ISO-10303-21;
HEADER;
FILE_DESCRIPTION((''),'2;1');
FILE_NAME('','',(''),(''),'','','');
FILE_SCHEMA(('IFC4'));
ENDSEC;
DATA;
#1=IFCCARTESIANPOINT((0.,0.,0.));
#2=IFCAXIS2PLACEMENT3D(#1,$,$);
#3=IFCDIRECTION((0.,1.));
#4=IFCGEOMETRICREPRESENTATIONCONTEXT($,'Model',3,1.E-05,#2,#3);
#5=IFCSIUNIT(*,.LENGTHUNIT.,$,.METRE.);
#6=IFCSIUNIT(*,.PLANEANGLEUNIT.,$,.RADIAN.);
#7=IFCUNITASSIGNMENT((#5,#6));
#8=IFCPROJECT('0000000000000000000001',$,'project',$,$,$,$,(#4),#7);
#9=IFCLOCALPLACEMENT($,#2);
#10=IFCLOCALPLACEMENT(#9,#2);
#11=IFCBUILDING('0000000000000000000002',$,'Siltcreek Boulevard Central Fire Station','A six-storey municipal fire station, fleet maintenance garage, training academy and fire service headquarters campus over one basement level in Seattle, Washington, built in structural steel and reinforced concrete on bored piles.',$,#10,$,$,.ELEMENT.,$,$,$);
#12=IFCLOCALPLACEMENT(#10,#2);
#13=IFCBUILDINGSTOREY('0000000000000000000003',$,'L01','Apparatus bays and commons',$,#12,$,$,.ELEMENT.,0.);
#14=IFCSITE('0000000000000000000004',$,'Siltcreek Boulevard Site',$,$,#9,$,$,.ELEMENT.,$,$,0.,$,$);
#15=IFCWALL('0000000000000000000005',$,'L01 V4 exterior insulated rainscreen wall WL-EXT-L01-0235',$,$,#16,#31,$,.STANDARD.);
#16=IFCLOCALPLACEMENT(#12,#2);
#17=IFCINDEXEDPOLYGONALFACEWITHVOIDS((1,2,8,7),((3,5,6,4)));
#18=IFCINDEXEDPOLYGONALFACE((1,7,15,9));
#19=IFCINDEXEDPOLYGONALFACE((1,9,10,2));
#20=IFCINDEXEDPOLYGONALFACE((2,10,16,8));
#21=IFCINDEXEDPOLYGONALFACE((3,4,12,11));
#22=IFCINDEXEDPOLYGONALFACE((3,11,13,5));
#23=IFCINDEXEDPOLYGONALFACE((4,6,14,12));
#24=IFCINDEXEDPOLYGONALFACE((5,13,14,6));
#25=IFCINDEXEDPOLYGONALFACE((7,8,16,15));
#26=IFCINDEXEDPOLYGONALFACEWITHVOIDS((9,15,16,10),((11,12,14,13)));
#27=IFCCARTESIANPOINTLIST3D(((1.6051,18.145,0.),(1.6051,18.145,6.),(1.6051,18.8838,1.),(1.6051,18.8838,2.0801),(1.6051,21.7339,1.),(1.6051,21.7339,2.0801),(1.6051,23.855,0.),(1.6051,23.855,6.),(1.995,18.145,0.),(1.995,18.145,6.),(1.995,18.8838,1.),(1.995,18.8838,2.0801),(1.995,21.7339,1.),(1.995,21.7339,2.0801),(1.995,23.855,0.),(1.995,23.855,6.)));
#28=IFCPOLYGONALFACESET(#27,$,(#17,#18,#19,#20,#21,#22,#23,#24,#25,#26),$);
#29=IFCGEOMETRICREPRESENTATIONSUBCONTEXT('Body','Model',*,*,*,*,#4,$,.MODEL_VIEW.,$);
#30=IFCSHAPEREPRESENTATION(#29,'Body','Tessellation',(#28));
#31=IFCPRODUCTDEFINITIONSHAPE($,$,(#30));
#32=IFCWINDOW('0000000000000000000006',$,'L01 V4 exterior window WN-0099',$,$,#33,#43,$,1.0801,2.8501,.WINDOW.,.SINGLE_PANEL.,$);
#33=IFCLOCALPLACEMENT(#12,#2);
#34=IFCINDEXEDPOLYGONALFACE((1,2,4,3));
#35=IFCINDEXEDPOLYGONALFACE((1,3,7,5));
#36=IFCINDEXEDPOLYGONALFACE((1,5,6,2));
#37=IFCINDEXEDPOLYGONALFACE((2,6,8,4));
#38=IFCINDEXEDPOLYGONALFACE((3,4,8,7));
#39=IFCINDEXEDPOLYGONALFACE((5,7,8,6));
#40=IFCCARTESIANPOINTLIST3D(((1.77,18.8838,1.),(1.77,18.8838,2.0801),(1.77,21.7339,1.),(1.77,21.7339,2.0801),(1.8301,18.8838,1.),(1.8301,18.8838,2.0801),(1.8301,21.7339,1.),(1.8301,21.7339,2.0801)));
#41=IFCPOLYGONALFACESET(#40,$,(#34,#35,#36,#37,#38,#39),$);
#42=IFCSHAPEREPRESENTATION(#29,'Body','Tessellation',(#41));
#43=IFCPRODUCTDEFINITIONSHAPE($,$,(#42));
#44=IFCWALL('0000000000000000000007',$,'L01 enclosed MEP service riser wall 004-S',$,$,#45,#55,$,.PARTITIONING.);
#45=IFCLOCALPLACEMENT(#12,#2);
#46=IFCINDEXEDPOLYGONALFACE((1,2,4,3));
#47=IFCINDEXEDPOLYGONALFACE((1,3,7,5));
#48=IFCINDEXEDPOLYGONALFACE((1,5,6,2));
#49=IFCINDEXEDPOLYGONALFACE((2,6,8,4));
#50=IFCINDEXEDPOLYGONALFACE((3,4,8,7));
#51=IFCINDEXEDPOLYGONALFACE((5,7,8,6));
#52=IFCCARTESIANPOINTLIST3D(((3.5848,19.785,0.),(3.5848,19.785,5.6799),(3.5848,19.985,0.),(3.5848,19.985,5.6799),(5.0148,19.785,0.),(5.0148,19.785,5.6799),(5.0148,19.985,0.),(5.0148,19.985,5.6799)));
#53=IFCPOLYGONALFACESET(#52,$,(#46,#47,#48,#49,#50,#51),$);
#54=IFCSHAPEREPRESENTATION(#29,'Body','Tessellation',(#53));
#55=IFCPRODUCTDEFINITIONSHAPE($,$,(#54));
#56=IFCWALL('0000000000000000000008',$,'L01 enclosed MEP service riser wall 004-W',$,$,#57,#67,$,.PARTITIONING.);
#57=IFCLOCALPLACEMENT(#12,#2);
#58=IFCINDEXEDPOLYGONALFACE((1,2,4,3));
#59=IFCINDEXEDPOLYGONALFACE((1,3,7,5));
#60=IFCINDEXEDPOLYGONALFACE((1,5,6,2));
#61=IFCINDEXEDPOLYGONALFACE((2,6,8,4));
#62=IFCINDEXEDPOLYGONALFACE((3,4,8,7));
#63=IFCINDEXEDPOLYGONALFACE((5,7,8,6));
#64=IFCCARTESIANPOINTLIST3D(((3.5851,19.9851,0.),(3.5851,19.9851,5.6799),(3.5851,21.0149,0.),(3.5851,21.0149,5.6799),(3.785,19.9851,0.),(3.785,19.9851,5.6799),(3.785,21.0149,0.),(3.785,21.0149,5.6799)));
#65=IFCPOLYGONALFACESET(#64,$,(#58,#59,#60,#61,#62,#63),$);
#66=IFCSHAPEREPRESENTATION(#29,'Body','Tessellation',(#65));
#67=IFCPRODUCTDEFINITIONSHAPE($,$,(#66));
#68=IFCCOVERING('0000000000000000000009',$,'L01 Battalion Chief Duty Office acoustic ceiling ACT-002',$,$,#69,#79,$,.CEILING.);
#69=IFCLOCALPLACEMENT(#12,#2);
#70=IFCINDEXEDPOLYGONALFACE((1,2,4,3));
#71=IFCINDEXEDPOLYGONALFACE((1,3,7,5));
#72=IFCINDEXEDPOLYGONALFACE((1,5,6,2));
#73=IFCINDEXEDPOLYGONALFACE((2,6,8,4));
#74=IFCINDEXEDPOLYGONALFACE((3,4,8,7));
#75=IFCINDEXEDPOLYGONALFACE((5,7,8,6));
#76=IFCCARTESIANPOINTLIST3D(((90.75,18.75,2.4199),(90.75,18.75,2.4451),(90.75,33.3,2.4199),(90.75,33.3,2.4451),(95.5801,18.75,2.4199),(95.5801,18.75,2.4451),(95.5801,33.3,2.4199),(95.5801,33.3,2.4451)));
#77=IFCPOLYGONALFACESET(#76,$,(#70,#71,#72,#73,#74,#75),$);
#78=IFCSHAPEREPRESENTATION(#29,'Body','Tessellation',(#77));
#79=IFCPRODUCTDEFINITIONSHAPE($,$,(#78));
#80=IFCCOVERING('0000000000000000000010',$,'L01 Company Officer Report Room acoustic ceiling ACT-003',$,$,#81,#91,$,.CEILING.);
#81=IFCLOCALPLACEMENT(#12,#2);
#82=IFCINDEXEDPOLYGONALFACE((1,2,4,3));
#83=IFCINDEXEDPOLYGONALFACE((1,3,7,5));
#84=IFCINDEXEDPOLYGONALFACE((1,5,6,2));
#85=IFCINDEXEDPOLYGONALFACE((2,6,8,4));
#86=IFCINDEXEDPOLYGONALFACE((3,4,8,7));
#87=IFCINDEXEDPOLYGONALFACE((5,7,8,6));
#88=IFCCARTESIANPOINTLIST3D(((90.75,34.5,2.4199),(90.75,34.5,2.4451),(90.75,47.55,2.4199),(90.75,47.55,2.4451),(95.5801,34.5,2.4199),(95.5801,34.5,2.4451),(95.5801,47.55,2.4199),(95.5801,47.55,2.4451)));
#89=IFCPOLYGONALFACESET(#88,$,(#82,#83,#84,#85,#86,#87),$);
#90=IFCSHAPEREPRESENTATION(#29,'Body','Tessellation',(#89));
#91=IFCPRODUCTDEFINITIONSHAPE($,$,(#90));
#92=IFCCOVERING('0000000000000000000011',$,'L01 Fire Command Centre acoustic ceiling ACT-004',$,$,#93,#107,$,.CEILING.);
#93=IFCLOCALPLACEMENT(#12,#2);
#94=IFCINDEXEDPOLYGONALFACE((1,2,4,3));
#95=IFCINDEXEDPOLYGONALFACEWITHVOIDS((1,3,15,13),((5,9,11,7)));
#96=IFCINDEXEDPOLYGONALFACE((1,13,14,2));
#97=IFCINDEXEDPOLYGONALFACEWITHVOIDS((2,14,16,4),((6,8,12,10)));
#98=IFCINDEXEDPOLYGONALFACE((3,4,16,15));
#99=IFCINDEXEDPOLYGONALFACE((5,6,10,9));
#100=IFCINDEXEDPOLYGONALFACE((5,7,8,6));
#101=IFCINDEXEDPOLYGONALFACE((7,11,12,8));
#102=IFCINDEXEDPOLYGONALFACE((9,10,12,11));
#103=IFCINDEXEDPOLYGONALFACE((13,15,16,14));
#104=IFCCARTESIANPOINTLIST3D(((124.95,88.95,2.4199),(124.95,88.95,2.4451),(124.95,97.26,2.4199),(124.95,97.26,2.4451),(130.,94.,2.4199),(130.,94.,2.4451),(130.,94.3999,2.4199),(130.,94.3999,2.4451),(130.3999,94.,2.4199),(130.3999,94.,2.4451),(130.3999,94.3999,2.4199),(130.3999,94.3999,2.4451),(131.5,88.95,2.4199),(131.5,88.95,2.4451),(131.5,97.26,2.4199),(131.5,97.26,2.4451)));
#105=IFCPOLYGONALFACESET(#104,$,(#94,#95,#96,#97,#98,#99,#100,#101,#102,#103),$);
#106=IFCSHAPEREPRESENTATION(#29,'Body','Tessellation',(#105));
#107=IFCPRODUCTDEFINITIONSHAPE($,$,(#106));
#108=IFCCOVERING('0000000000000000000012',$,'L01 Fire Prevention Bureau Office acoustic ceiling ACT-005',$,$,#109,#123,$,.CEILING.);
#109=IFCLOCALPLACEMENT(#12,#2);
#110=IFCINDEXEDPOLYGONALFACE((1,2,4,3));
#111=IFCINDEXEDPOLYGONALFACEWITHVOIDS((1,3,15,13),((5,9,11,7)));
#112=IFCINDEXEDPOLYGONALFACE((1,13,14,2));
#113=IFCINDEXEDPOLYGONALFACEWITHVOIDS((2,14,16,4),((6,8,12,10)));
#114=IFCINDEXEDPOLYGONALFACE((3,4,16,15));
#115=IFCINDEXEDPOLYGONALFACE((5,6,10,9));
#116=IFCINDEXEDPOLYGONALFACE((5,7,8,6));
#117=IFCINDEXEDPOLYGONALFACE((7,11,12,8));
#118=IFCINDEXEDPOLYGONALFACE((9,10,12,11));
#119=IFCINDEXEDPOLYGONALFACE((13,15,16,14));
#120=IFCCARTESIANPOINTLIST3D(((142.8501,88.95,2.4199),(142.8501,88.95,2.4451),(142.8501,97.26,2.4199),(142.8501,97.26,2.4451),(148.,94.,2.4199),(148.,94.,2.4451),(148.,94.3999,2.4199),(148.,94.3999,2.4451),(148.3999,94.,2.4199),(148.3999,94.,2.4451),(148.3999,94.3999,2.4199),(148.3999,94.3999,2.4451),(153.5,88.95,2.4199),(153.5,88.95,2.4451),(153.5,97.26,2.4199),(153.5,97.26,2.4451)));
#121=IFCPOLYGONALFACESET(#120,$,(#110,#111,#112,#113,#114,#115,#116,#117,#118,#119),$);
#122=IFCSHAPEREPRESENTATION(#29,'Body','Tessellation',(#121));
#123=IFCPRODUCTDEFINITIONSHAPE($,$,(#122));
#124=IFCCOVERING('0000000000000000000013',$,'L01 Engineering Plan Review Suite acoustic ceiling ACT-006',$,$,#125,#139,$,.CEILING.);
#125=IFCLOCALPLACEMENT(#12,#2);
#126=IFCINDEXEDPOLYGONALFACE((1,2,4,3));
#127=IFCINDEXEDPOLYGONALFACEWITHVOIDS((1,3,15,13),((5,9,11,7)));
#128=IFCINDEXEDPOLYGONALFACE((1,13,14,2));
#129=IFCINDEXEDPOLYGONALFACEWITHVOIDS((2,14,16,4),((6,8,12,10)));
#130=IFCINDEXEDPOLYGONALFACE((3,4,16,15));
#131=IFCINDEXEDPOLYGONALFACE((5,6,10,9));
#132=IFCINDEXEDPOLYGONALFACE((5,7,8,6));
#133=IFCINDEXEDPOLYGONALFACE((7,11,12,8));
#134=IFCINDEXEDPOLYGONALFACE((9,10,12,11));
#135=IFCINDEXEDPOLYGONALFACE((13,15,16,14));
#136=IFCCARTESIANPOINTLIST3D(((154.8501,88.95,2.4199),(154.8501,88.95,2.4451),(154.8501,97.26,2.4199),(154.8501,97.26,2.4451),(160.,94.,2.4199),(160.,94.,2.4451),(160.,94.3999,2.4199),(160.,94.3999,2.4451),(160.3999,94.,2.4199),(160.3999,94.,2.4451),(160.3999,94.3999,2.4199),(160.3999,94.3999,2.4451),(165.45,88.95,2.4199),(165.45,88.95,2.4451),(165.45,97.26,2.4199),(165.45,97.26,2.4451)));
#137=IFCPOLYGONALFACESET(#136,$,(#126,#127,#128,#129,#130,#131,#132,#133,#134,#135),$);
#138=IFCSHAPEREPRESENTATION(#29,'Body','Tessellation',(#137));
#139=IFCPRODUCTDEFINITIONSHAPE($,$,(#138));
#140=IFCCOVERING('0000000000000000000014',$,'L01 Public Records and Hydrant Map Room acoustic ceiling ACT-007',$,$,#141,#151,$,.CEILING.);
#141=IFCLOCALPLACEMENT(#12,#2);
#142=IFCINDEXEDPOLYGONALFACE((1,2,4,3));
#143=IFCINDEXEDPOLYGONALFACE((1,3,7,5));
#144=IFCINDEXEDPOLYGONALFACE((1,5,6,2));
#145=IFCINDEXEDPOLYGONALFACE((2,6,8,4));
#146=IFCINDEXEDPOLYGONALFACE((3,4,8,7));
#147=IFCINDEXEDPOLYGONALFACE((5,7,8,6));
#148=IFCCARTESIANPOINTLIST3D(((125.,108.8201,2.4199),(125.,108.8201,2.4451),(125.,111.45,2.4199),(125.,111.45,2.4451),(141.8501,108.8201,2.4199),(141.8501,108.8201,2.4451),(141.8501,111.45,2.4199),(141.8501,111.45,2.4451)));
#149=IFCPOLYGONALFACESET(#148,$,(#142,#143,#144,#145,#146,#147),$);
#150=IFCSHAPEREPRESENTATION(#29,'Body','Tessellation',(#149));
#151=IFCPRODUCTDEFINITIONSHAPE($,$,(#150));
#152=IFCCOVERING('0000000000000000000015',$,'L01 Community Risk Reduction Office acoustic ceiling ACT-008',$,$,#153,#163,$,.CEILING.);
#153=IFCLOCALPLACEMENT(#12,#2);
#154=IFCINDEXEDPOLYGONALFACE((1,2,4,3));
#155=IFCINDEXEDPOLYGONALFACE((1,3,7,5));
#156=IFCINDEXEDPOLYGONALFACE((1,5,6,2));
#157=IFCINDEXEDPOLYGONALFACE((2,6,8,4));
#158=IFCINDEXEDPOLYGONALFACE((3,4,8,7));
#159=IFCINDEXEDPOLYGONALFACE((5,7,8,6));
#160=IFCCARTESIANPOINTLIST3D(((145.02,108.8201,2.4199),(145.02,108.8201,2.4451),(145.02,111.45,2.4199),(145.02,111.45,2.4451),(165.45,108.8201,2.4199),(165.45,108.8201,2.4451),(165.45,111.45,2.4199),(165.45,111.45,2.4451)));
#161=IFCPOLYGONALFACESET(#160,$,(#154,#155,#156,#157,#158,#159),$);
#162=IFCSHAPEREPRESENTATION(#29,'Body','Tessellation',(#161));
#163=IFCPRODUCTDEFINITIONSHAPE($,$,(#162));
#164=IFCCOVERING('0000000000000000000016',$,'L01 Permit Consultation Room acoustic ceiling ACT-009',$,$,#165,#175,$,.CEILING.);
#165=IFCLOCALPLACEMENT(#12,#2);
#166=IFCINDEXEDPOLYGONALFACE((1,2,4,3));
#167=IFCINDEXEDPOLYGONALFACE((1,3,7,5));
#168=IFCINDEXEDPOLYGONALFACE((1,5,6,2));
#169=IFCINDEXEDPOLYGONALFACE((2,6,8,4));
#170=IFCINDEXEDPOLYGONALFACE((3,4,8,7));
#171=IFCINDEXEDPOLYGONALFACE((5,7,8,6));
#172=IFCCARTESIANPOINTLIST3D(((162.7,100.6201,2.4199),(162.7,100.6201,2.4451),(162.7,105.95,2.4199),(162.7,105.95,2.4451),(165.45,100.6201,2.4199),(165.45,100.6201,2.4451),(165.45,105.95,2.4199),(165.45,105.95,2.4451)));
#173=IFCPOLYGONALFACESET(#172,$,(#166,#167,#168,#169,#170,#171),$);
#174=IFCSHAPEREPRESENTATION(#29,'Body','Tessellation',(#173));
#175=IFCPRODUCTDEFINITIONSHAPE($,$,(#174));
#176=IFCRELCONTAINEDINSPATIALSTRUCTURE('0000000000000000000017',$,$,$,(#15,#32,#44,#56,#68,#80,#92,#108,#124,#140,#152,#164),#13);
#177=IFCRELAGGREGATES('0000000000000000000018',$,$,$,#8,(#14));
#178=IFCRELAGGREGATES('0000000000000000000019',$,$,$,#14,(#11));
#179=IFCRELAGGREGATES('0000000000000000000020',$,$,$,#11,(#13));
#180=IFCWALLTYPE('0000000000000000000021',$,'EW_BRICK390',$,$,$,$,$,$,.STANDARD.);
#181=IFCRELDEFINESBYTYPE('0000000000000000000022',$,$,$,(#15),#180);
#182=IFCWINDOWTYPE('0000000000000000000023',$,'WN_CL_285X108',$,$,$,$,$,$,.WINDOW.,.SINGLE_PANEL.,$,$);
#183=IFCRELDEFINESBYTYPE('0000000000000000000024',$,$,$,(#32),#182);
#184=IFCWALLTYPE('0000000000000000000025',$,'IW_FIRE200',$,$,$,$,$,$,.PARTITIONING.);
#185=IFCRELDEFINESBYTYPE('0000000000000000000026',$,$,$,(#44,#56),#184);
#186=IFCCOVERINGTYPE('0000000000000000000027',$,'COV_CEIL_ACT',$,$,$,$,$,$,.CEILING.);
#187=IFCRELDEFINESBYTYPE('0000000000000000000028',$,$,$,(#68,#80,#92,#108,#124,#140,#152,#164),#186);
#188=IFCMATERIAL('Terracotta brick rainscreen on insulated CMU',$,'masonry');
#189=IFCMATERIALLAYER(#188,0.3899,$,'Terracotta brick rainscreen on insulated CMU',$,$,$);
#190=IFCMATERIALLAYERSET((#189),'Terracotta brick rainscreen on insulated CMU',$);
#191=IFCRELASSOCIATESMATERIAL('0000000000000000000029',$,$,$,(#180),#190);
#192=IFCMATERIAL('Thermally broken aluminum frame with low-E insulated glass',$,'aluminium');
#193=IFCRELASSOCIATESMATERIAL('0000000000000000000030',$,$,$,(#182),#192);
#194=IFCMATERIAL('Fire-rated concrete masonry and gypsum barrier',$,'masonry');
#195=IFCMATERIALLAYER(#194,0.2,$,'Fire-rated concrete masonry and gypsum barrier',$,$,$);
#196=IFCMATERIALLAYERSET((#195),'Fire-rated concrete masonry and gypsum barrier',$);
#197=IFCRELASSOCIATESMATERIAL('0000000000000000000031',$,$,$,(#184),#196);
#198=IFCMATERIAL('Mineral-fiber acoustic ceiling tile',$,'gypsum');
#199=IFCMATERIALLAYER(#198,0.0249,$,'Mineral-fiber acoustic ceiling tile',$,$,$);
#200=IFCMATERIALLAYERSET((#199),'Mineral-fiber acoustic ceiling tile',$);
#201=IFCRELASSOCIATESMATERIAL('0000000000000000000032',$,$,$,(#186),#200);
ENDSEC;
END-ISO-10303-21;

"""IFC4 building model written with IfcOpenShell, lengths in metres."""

from ifc_helpers import new_model, si_unit, direction, frame, frame_2d, origin, place, context, subcontext, project, spatial, polyline, rectangle, outline, extrude, material, layer, layer_set, type_object, element, fill, save


model = new_model("IFC4")

# Units and contexts
model_context = context("Model", 3, precision=1e-05, world=origin(), true_north=direction((0.0, 1.0)))
body_context = subcontext(model_context, "Body", "Model", "MODEL_VIEW")
ifc_project = project(units=[si_unit("LENGTHUNIT", "METRE"), si_unit("PLANEANGLEUNIT", "RADIAN")], contexts=[model_context])

# Site, building, storey
site_placement = place(None, origin())
site = spatial("IfcSite", under=ifc_project, at=site_placement, Name="Siltcreek Boulevard Site", CompositionType="ELEMENT", RefElevation=0.0)
building_placement = place(site_placement, origin())
building = spatial("IfcBuilding", under=site, at=building_placement, Name="Siltcreek Boulevard Central Fire Station", Description="A six-storey municipal fire station, fleet maintenance garage, training academy and fire service headquarters campus over one basement level in Seattle, Washington, built in structural steel and reinforced concrete on bored piles.", CompositionType="ELEMENT")
storey_placement = place(building_placement, origin())
storey = spatial("IfcBuildingStorey", under=building, at=storey_placement, Name="L01", Description="Apparatus bays and commons", CompositionType="ELEMENT", Elevation=0.0)

# Shared definitions
ifc_material_1 = material(Name="Terracotta brick rainscreen on insulated CMU", Category="masonry")
ifc_layer_1 = layer(ifc_material_1, 0.3899, Name="Terracotta brick rainscreen on insulated CMU")
ifc_layer_set_1 = layer_set([ifc_layer_1], Name="Terracotta brick rainscreen on insulated CMU")
wall_type_1 = type_object("IfcWallType", Name="EW_BRICK390", PredefinedType="STANDARD", material=ifc_layer_set_1)

# Wall, opening, window
wall_1_placement = place(storey_placement, frame((1.8, 23.855, 0.0), z_axis=(0.0, 0.0, 1.0), x_axis=(0.0, -1.0, 0.0)))
wall_1 = element("IfcWall", 1, at=wall_1_placement, inside=storey, type_object=wall_type_1, Name="L01 V4 exterior insulated rainscreen wall WL-EXT-L01-0235", PredefinedType="STANDARD", context=body_context, shape_type="SweptSolid", body=[
    extrude(rectangle(XDim=5.71, YDim=0.3899, at=frame_2d((2.855, 0.0))), origin(), (0.0, 0.0, 1.0), 6.0),
])
opening_1_placement = place(wall_1_placement, frame((2.1211, 0.0, 1.0)))
opening_1 = element("IfcOpeningElement", 2, at=opening_1_placement, cuts=wall_1, PredefinedType="OPENING", context=body_context, shape_type="SweptSolid", body=[
    extrude(rectangle(XDim=2.8501, YDim=1.0801, at=frame_2d((1.425, 0.54))), frame((0.0, 0.2048, 0.0), z_axis=(0.0, -1.0, 0.0), x_axis=(1.0, 0.0, 0.0)), (0.0, 0.0, 1.0), 0.4099),
])
ifc_material_2 = material(Name="Thermally broken aluminum frame with low-E insulated glass", Category="aluminium")
window_type = type_object("IfcWindowType", Name="WN_CL_285X108", PartitioningType="SINGLE_PANEL", PredefinedType="WINDOW", material=ifc_material_2)
window_placement = place(opening_1_placement, origin())
window = element("IfcWindow", 3, at=window_placement, inside=storey, type_object=window_type, Name="L01 V4 exterior window WN-0099", OverallHeight=1.0801, OverallWidth=2.8501, PartitioningType="SINGLE_PANEL", PredefinedType="WINDOW", context=body_context, shape_type="SweptSolid", body=[
    extrude(rectangle(XDim=2.8501, YDim=1.0801, at=frame_2d((1.425, 0.54))), frame((0.0, 0.03, 0.0), z_axis=(0.0, -1.0, 0.0), x_axis=(1.0, 0.0, 0.0)), (0.0, 0.0, 1.0), 0.0601),
])
fill(opening_1, window)

# Walls
ifc_material_3 = material(Name="Fire-rated concrete masonry and gypsum barrier", Category="masonry")
ifc_layer_2 = layer(ifc_material_3, 0.2, Name="Fire-rated concrete masonry and gypsum barrier")
ifc_layer_set_2 = layer_set([ifc_layer_2], Name="Fire-rated concrete masonry and gypsum barrier")
wall_type_2 = type_object("IfcWallType", Name="IW_FIRE200", PredefinedType="PARTITIONING", material=ifc_layer_set_2)
wall_2_placement = place(storey_placement, frame((3.585, 19.885, 0.0), z_axis=(0.0, 0.0, 1.0), x_axis=(1.0, 0.0, 0.0)))
element("IfcWall", 4, at=wall_2_placement, inside=storey, type_object=wall_type_2, Name="L01 enclosed MEP service riser wall 004-S", PredefinedType="PARTITIONING", context=body_context, shape_type="SweptSolid", body=[
    extrude(rectangle(XDim=1.4299, YDim=0.2, at=frame_2d((0.7148, 0.0))), origin(), (0.0, 0.0, 1.0), 5.6799),
])
wall_3_placement = place(storey_placement, frame((3.6851, 21.0149, 0.0), z_axis=(0.0, 0.0, 1.0), x_axis=(0.0, -1.0, 0.0)))
element("IfcWall", 5, at=wall_3_placement, inside=storey, type_object=wall_type_2, Name="L01 enclosed MEP service riser wall 004-W", PredefinedType="PARTITIONING", context=body_context, shape_type="SweptSolid", body=[
    extrude(rectangle(XDim=1.0298, YDim=0.2, at=frame_2d((0.5149, 0.0))), origin(), (0.0, 0.0, 1.0), 5.6799),
])

# Coverings
ifc_material_4 = material(Name="Mineral-fiber acoustic ceiling tile", Category="gypsum")
ifc_layer_3 = layer(ifc_material_4, 0.0249, Name="Mineral-fiber acoustic ceiling tile")
ifc_layer_set_3 = layer_set([ifc_layer_3], Name="Mineral-fiber acoustic ceiling tile")
covering_type = type_object("IfcCoveringType", Name="COV_CEIL_ACT", PredefinedType="CEILING", material=ifc_layer_set_3)
covering_1_placement = place(storey_placement, frame((0.0, 0.0, 2.4199)))
element("IfcCovering", 6, at=covering_1_placement, inside=storey, type_object=covering_type, Name="L01 Battalion Chief Duty Office acoustic ceiling ACT-002", PredefinedType="CEILING", context=body_context, shape_type="SweptSolid", body=[
    extrude(outline(polyline([(90.75, 18.75), (95.5801, 18.75), (95.5801, 33.3), (90.75, 33.3), (90.75, 18.75)])), origin(), (0.0, 0.0, 1.0), 0.0251),
])
covering_2_placement = place(storey_placement, frame((0.0, 0.0, 2.4199)))
element("IfcCovering", 7, at=covering_2_placement, inside=storey, type_object=covering_type, Name="L01 Company Officer Report Room acoustic ceiling ACT-003", PredefinedType="CEILING", context=body_context, shape_type="SweptSolid", body=[
    extrude(outline(polyline([(90.75, 34.5), (95.5801, 34.5), (95.5801, 47.55), (90.75, 47.55), (90.75, 34.5)])), origin(), (0.0, 0.0, 1.0), 0.0251),
])
covering_3_placement = place(storey_placement, frame((0.0, 0.0, 2.4199)))
element("IfcCovering", 8, at=covering_3_placement, inside=storey, type_object=covering_type, Name="L01 Fire Command Centre acoustic ceiling ACT-004", PredefinedType="CEILING", context=body_context, shape_type="SweptSolid", body=[
    extrude(outline(polyline([(124.95, 88.95), (131.5, 88.95), (131.5, 97.26), (124.95, 97.26), (124.95, 88.95)]), holes=[polyline([(130.0, 94.0), (130.3999, 94.0), (130.3999, 94.3999), (130.0, 94.3999), (130.0, 94.0)])]), origin(), (0.0, 0.0, 1.0), 0.0251),
])
covering_4_placement = place(storey_placement, frame((0.0, 0.0, 2.4199)))
element("IfcCovering", 9, at=covering_4_placement, inside=storey, type_object=covering_type, Name="L01 Fire Prevention Bureau Office acoustic ceiling ACT-005", PredefinedType="CEILING", context=body_context, shape_type="SweptSolid", body=[
    extrude(outline(polyline([(142.8501, 88.95), (153.5, 88.95), (153.5, 97.26), (142.8501, 97.26), (142.8501, 88.95)]), holes=[polyline([(148.0, 94.0), (148.3999, 94.0), (148.3999, 94.3999), (148.0, 94.3999), (148.0, 94.0)])]), origin(), (0.0, 0.0, 1.0), 0.0251),
])
covering_5_placement = place(storey_placement, frame((0.0, 0.0, 2.4199)))
element("IfcCovering", 10, at=covering_5_placement, inside=storey, type_object=covering_type, Name="L01 Engineering Plan Review Suite acoustic ceiling ACT-006", PredefinedType="CEILING", context=body_context, shape_type="SweptSolid", body=[
    extrude(outline(polyline([(154.8501, 88.95), (165.45, 88.95), (165.45, 97.26), (154.8501, 97.26), (154.8501, 88.95)]), holes=[polyline([(160.0, 94.0), (160.3999, 94.0), (160.3999, 94.3999), (160.0, 94.3999), (160.0, 94.0)])]), origin(), (0.0, 0.0, 1.0), 0.0251),
])
covering_6_placement = place(storey_placement, frame((0.0, 0.0, 2.4199)))
element("IfcCovering", 11, at=covering_6_placement, inside=storey, type_object=covering_type, Name="L01 Public Records and Hydrant Map Room acoustic ceiling ACT-007", PredefinedType="CEILING", context=body_context, shape_type="SweptSolid", body=[
    extrude(outline(polyline([(125.0, 108.8201), (141.8501, 108.8201), (141.8501, 111.45), (125.0, 111.45), (125.0, 108.8201)])), origin(), (0.0, 0.0, 1.0), 0.0251),
])
covering_7_placement = place(storey_placement, frame((0.0, 0.0, 2.4199)))
element("IfcCovering", 12, at=covering_7_placement, inside=storey, type_object=covering_type, Name="L01 Community Risk Reduction Office acoustic ceiling ACT-008", PredefinedType="CEILING", context=body_context, shape_type="SweptSolid", body=[
    extrude(outline(polyline([(145.02, 108.8201), (165.45, 108.8201), (165.45, 111.45), (145.02, 111.45), (145.02, 108.8201)])), origin(), (0.0, 0.0, 1.0), 0.0251),
])
covering_8_placement = place(storey_placement, frame((0.0, 0.0, 2.4199)))
element("IfcCovering", 13, at=covering_8_placement, inside=storey, type_object=covering_type, Name="L01 Permit Consultation Room acoustic ceiling ACT-009", PredefinedType="CEILING", context=body_context, shape_type="SweptSolid", body=[
    extrude(outline(polyline([(162.7, 100.6201), (165.45, 100.6201), (165.45, 105.95), (162.7, 105.95), (162.7, 100.6201)])), origin(), (0.0, 0.0, 1.0), 0.0251),
])

save(model, "model.ifc")
